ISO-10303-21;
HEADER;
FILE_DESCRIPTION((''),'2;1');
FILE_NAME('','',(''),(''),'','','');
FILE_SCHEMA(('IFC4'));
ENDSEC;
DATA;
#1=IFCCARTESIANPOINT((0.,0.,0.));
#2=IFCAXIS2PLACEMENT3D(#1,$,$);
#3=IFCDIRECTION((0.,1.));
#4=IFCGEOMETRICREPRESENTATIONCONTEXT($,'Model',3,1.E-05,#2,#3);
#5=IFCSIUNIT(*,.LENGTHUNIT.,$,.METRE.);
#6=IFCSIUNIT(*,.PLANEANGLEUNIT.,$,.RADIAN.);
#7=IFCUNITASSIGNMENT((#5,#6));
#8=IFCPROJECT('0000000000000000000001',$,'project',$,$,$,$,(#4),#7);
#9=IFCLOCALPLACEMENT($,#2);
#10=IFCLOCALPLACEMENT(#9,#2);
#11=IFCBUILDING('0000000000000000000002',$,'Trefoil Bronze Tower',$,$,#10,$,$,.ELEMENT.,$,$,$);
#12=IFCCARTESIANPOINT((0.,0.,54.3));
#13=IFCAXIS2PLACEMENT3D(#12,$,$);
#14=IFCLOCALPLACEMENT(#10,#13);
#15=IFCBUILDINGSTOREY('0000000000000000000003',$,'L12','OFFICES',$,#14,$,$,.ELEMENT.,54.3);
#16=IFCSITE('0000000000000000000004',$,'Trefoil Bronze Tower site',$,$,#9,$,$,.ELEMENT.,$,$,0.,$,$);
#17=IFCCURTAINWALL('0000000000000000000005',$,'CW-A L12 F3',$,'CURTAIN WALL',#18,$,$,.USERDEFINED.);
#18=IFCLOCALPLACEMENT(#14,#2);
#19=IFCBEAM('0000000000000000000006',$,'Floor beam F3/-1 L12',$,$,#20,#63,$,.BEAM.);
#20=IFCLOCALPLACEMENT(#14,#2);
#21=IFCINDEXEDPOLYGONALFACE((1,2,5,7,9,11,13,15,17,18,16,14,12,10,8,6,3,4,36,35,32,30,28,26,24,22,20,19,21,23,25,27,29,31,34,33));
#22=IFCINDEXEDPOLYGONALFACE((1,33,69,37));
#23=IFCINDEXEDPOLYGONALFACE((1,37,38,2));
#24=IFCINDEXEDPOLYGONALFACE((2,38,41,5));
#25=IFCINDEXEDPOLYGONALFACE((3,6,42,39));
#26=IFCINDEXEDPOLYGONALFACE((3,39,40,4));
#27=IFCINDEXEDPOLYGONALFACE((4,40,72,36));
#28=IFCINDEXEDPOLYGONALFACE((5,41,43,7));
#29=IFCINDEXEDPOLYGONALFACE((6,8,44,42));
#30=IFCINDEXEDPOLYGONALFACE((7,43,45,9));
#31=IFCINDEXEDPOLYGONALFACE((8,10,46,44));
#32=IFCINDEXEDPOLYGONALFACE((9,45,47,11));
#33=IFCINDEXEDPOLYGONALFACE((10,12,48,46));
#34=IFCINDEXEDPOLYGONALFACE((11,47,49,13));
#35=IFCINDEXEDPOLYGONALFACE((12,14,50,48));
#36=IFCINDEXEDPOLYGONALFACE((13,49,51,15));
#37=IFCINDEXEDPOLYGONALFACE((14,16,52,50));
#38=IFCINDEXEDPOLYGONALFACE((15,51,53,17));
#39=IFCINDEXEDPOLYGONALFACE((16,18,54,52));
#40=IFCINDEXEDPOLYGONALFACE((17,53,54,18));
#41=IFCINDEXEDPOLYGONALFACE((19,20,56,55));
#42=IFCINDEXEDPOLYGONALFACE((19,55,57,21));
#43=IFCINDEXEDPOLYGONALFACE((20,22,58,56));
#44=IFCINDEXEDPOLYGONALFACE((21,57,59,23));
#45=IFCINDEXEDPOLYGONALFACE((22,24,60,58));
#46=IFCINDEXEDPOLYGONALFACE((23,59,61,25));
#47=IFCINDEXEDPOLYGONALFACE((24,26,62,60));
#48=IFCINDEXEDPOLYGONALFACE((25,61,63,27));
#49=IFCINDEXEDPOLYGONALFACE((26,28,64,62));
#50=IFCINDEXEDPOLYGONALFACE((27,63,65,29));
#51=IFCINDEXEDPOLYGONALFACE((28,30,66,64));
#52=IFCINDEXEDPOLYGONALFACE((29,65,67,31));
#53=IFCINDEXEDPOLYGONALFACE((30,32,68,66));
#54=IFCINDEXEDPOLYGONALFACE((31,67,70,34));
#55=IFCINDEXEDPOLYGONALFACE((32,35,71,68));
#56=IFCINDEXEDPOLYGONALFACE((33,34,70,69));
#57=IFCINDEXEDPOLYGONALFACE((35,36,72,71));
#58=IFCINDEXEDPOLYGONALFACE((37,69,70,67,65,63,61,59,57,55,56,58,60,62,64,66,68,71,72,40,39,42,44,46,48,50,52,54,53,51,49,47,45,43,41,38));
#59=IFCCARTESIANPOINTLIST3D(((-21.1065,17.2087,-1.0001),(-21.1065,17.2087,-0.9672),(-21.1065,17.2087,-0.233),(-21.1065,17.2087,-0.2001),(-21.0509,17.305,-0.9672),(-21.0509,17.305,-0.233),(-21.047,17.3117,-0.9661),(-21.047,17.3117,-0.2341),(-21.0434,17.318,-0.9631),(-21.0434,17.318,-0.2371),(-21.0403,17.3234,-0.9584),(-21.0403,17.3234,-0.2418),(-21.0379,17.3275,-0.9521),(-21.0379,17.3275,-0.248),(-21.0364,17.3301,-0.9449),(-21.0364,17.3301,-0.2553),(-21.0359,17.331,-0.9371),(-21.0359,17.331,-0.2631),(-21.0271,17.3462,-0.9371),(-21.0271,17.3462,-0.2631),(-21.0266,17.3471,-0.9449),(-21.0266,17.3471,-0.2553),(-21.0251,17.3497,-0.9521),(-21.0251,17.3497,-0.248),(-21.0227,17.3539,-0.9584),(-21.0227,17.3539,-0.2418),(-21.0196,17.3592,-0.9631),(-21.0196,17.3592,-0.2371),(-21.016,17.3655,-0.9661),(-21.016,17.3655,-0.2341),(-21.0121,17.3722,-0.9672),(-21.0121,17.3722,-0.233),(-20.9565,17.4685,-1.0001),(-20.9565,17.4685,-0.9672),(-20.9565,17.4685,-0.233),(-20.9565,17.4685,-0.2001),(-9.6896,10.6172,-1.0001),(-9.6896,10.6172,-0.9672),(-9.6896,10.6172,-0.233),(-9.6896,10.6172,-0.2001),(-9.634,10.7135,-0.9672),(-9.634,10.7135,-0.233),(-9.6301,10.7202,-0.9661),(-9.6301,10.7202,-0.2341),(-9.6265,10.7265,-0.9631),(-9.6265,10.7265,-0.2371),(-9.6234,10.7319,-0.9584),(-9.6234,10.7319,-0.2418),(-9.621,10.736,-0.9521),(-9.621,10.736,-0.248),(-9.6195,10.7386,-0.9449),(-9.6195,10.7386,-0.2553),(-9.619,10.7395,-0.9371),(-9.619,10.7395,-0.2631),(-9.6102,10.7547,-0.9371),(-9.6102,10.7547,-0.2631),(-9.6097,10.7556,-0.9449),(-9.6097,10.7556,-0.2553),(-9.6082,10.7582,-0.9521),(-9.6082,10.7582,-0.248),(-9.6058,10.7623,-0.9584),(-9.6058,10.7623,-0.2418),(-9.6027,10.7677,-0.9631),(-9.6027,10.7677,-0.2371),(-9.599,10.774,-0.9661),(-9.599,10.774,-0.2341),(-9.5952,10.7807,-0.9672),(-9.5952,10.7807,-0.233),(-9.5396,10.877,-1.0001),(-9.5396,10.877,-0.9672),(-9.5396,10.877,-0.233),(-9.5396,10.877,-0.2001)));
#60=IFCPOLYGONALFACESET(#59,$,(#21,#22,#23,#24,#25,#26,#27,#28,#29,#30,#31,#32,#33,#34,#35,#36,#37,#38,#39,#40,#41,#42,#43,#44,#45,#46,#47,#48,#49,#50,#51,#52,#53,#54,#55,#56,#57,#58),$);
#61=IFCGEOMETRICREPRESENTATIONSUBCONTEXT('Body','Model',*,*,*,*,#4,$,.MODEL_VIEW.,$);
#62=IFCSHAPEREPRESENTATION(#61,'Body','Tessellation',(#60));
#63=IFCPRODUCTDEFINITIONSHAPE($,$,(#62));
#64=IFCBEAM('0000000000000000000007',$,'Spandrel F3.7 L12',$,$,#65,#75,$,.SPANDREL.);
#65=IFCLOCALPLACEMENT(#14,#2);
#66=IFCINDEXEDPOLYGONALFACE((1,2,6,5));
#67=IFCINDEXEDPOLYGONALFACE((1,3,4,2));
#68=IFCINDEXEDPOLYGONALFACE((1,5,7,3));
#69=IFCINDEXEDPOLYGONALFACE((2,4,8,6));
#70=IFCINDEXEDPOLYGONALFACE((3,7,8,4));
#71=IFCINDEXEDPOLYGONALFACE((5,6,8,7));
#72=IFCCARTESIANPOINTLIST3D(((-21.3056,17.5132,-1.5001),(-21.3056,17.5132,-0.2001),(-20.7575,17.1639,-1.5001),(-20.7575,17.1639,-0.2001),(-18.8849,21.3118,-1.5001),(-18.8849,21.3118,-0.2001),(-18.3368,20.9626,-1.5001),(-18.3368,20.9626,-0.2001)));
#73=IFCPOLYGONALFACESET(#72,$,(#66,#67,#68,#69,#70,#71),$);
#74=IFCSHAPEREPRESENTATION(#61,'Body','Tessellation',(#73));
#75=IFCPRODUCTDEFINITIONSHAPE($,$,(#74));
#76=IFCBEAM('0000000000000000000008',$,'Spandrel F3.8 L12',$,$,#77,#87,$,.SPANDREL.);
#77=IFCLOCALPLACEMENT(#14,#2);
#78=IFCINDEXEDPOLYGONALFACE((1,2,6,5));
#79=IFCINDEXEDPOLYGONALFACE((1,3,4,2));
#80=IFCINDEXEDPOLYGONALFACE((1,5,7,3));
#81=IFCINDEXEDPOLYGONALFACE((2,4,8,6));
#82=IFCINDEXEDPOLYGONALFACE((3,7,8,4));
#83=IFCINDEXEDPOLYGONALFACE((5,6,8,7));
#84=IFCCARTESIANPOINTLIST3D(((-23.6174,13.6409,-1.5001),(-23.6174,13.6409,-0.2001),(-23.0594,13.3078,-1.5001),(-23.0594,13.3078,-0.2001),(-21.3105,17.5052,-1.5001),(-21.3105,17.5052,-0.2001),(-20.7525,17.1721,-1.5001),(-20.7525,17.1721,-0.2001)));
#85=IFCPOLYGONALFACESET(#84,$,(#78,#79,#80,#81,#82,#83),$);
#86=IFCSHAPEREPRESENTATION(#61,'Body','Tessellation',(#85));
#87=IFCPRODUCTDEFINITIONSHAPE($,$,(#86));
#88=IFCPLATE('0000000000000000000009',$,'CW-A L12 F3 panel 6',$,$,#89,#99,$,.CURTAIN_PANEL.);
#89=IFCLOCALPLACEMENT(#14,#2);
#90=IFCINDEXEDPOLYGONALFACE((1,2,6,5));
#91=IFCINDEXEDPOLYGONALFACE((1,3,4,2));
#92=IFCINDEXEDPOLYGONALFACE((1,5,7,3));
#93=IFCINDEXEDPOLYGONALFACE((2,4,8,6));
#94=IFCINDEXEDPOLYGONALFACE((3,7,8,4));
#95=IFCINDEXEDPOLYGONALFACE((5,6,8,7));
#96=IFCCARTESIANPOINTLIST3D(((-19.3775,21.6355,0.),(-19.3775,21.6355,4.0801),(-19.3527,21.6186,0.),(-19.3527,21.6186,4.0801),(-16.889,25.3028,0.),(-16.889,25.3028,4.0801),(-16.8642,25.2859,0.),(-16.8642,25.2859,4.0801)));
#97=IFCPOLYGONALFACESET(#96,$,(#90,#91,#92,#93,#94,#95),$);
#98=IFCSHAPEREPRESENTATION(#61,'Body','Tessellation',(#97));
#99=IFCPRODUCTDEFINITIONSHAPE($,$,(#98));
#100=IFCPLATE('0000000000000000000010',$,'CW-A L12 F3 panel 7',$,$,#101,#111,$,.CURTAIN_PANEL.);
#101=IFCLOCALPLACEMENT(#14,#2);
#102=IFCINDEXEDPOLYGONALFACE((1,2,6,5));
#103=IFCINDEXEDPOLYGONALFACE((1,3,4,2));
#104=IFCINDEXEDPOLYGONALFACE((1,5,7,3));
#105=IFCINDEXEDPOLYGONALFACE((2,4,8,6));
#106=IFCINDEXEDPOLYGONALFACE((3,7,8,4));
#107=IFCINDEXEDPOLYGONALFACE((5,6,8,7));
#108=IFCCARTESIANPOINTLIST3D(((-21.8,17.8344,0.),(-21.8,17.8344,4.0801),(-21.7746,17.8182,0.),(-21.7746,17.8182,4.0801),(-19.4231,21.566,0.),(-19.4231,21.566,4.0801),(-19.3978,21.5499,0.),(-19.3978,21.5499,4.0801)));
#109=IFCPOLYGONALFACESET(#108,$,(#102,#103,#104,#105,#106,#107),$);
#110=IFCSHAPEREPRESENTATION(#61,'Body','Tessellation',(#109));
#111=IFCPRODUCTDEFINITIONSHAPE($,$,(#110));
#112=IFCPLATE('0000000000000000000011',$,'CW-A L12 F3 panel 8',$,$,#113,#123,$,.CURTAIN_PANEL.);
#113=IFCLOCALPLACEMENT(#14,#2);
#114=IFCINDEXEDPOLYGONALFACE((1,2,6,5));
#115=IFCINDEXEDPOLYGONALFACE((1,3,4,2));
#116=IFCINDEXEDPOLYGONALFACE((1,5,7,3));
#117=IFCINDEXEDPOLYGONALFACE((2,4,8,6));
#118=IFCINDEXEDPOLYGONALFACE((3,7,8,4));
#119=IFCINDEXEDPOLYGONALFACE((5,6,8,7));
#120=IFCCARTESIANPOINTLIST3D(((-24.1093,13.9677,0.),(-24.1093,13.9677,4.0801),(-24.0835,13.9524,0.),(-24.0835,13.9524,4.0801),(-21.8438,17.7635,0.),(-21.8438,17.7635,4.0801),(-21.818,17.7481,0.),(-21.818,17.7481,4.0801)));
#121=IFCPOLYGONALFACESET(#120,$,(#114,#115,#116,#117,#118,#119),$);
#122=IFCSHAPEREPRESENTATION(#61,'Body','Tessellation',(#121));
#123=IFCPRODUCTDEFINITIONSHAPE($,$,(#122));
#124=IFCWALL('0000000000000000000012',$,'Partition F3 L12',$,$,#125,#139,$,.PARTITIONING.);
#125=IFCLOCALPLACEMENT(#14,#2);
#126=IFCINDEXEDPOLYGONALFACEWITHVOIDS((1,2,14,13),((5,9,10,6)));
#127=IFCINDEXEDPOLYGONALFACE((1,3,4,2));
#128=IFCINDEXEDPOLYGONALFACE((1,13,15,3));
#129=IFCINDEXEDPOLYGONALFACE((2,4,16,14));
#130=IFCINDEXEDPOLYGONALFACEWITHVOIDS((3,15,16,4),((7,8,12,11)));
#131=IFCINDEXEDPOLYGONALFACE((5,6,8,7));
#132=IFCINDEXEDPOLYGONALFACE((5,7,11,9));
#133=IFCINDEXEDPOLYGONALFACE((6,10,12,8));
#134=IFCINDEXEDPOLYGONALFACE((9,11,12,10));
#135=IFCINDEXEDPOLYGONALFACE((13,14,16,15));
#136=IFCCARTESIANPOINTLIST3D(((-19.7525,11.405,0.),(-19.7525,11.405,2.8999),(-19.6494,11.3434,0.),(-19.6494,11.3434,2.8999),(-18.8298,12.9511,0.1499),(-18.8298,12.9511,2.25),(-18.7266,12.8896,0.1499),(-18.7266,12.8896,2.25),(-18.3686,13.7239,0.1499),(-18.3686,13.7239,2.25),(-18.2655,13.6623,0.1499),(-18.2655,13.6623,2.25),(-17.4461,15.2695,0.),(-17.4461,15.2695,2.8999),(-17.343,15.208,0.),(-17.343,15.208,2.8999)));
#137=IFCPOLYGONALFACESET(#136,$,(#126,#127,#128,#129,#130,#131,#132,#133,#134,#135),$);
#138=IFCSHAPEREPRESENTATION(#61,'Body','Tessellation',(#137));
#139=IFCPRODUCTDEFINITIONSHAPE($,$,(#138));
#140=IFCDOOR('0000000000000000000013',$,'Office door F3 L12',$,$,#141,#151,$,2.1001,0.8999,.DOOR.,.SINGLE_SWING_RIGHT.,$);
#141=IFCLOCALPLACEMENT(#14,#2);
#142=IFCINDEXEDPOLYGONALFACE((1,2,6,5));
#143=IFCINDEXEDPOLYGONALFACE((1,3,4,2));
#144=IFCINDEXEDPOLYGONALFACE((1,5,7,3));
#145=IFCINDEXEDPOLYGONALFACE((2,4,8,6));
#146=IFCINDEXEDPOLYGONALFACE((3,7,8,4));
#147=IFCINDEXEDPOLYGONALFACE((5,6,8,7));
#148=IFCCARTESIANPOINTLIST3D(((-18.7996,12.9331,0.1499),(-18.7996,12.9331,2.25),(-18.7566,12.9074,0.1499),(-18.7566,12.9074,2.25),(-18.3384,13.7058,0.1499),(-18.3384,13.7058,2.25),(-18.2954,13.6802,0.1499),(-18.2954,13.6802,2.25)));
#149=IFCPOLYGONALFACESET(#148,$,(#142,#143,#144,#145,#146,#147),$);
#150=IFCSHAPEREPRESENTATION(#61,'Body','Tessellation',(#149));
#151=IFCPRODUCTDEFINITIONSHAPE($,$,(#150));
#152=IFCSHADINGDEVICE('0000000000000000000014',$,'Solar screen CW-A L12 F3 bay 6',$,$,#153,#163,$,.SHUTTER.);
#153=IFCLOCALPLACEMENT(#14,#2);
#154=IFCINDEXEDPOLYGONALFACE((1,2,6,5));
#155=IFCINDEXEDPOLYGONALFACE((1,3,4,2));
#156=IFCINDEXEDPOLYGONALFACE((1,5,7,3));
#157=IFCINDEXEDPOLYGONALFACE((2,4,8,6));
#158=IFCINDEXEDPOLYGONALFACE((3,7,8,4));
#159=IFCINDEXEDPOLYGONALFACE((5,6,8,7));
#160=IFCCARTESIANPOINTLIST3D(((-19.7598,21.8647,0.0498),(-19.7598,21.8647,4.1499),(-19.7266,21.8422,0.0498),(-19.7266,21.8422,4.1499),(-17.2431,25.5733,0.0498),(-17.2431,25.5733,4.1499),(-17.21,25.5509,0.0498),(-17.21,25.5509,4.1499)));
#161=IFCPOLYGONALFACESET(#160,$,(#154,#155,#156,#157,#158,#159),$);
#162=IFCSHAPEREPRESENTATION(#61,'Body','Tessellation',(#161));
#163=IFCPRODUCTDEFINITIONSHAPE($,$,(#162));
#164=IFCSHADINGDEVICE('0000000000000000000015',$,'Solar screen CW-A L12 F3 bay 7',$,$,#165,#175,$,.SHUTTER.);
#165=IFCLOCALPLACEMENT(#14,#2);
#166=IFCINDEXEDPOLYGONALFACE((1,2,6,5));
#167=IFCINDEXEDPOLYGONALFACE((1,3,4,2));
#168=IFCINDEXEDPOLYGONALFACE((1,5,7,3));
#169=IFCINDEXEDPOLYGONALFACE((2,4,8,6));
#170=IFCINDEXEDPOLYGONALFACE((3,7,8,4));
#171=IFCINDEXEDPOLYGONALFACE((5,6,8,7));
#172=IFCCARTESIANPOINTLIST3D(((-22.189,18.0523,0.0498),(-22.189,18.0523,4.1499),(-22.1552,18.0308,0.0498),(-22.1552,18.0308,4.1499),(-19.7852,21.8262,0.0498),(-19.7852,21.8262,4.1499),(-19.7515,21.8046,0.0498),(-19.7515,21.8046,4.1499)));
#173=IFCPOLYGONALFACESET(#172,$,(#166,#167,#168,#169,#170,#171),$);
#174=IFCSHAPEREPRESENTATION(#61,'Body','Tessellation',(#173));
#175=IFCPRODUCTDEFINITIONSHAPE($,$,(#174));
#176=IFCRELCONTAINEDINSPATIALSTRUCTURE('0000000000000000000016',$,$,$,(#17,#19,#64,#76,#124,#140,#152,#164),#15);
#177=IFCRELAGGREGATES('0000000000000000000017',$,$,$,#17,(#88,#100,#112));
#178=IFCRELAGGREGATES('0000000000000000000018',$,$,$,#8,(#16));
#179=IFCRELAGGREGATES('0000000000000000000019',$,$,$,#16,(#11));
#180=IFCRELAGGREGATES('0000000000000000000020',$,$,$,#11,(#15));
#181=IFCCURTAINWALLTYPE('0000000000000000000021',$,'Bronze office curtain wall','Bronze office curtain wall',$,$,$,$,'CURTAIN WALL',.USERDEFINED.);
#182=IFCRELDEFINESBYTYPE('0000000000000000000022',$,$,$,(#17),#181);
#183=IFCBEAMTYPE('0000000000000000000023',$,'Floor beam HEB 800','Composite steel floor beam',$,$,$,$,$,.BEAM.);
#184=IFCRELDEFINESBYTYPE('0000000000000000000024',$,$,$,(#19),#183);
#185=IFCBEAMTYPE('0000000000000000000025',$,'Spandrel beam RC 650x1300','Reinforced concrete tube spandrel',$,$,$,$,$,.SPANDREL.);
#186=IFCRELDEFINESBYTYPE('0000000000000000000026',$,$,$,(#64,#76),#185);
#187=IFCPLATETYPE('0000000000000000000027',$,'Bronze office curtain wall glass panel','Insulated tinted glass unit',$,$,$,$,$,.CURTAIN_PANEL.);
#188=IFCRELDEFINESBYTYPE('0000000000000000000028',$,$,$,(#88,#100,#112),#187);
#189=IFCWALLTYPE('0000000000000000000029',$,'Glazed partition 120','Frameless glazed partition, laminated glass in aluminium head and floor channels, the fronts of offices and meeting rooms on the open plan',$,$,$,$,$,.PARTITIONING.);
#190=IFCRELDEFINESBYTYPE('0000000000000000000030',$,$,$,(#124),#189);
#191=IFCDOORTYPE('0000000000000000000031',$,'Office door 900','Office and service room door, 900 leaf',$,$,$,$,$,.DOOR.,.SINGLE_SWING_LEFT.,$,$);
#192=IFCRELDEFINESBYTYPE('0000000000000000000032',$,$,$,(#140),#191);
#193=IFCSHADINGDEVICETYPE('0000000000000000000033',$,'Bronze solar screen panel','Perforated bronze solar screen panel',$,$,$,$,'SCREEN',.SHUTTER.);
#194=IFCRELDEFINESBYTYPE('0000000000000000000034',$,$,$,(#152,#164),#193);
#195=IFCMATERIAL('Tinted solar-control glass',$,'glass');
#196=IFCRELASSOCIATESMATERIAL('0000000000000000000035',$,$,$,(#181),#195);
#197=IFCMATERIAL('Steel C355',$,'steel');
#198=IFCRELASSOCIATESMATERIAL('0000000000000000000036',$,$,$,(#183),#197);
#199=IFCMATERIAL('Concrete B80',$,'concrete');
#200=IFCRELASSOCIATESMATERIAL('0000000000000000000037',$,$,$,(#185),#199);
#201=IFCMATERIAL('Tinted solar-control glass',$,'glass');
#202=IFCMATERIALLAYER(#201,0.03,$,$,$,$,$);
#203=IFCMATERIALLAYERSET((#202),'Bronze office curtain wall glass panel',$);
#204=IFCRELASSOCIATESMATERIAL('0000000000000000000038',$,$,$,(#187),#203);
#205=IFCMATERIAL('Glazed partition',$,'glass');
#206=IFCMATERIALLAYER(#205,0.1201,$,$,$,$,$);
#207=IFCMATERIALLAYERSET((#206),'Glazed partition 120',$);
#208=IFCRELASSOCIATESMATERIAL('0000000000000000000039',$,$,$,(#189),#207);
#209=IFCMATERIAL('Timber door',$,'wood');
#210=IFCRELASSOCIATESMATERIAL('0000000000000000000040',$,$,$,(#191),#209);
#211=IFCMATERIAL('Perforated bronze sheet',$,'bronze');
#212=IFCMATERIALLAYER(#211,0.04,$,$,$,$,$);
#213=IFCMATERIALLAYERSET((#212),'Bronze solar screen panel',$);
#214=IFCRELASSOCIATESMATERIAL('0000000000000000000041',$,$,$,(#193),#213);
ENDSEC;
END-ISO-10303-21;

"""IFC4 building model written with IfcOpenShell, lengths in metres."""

from ifc_helpers import new_model, si_unit, direction, frame, frame_2d, origin, origin_2d, place, context, subcontext, project, spatial, rectangle, i_section, extrude, material, layer, layer_set, material_profile, profile_set, type_object, element, fill, aggregate, save


model = new_model("IFC4")

# Units and contexts
model_context = context("Model", 3, precision=1e-05, world=origin(), true_north=direction((0.0, 1.0)))
body_context = subcontext(model_context, "Body", "Model", "MODEL_VIEW")
ifc_project = project(units=[si_unit("LENGTHUNIT", "METRE"), si_unit("PLANEANGLEUNIT", "RADIAN")], contexts=[model_context])

# Site, building, storey
site_placement = place(None, origin())
site = spatial("IfcSite", under=ifc_project, at=site_placement, Name="Trefoil Bronze Tower site", CompositionType="ELEMENT", RefElevation=0.0)
building_placement = place(site_placement, origin())
building = spatial("IfcBuilding", under=site, at=building_placement, Name="Trefoil Bronze Tower", CompositionType="ELEMENT")
storey_placement = place(building_placement, frame((0.0, 0.0, 54.3)))
storey = spatial("IfcBuildingStorey", under=building, at=storey_placement, Name="L12", Description="OFFICES", CompositionType="ELEMENT", Elevation=54.3)

# Curtain wall
ifc_material_1 = material(Name="Tinted solar-control glass", Category="glass")
curtain_wall_type = type_object("IfcCurtainWallType", Name="Bronze office curtain wall", Description="Bronze office curtain wall", ElementType="CURTAIN WALL", PredefinedType="USERDEFINED", material=ifc_material_1)
curtain_wall_placement = place(storey_placement, origin())
curtain_wall = element("IfcCurtainWall", 1, at=curtain_wall_placement, inside=storey, type_object=curtain_wall_type, Name="CW-A L12 F3", ObjectType="CURTAIN WALL", PredefinedType="USERDEFINED")

# Beams
ifc_material_2 = material(Name="Steel C355", Category="steel")
ifc_material_profile_1 = material_profile(ifc_material_2, i_section(OverallWidth=0.3, OverallDepth=0.8, WebThickness=0.0176, FlangeThickness=0.033, FilletRadius=0.03, at=origin_2d()), Name="HEB 800")
ifc_profile_set_1 = profile_set([ifc_material_profile_1], Name="Steel C355")
beam_type_1 = type_object("IfcBeamType", Name="Floor beam HEB 800", Description="Composite steel floor beam", PredefinedType="BEAM", material=ifc_profile_set_1)
beam_1_placement = place(storey_placement, frame((-21.0315, 17.3386, -0.6001), z_axis=(0.866027, -0.499997, 0.0), x_axis=(0.499997, 0.866027, 0.0)))
element("IfcBeam", 2, at=beam_1_placement, inside=storey, type_object=beam_type_1, Name="Floor beam F3/-1 L12", PredefinedType="BEAM", context=body_context, shape_type="SweptSolid", body=[
    extrude(i_section(OverallWidth=0.3, OverallDepth=0.8, WebThickness=0.0176, FlangeThickness=0.033, FilletRadius=0.03, at=origin_2d()), origin(), (0.0, 0.0, 1.0), 13.1831),
])
ifc_material_3 = material(Name="Concrete B80", Category="concrete")
ifc_material_profile_2 = material_profile(ifc_material_3, rectangle(XDim=0.6499, YDim=1.3, at=origin_2d()), Name="RC 650x1300")
ifc_profile_set_2 = profile_set([ifc_material_profile_2], Name="Concrete B80")
beam_type_2 = type_object("IfcBeamType", Name="Spandrel beam RC 650x1300", Description="Reinforced concrete tube spandrel", PredefinedType="SPANDREL", material=ifc_profile_set_2)
beam_2_placement = place(storey_placement, frame((-18.6108, 21.1372, -0.8501), z_axis=(-0.537408, -0.843322, 0.0), x_axis=(0.843322, -0.537408, 0.0)))
element("IfcBeam", 3, at=beam_2_placement, inside=storey, type_object=beam_type_2, Name="Spandrel F3.7 L12", PredefinedType="SPANDREL", context=body_context, shape_type="SweptSolid", body=[
    extrude(rectangle(XDim=0.6499, YDim=1.3, at=origin_2d()), origin(), (0.0, 0.0, 1.0), 4.5044),
])
beam_3_placement = place(storey_placement, frame((-21.0315, 17.3386, -0.8501), z_axis=(-0.512588, -0.858635, 0.0), x_axis=(0.858635, -0.512588, 0.0)))
element("IfcBeam", 4, at=beam_3_placement, inside=storey, type_object=beam_type_2, Name="Spandrel F3.8 L12", PredefinedType="SPANDREL", context=body_context, shape_type="SweptSolid", body=[
    extrude(rectangle(XDim=0.6499, YDim=1.3, at=origin_2d()), origin(), (0.0, 0.0, 1.0), 4.5005),
])

# Plates
ifc_material_4 = material(Name="Tinted solar-control glass", Category="glass")
ifc_layer_1 = layer(ifc_material_4, 0.03)
ifc_layer_set_1 = layer_set([ifc_layer_1], Name="Bronze office curtain wall glass panel")
plate_type = type_object("IfcPlateType", Name="Bronze office curtain wall glass panel", Description="Insulated tinted glass unit", PredefinedType="CURTAIN_PANEL", material=ifc_layer_set_1)
plate_1_placement = place(storey_placement, frame((-18.1208, 23.4607, 0.0), z_axis=(0.0, 0.0, 1.0), x_axis=(-0.56151, -0.82747, 0.0)))
plate_1 = element("IfcPlate", 5, at=plate_1_placement, type_object=plate_type, Name="CW-A L12 F3 panel 6", PredefinedType="CURTAIN_PANEL", context=body_context, shape_type="SweptSolid", body=[
    extrude(rectangle(XDim=4.4319, YDim=0.03, at=origin_2d()), origin(), (0.0, 0.0, 1.0), 4.0801),
])
plate_2_placement = place(storey_placement, frame((-20.5989, 19.6921, 0.0), z_axis=(0.0, 0.0, 1.0), x_axis=(-0.537222, -0.843441, 0.0)))
plate_2 = element("IfcPlate", 6, at=plate_2_placement, type_object=plate_type, Name="CW-A L12 F3 panel 7", PredefinedType="CURTAIN_PANEL", context=body_context, shape_type="SweptSolid", body=[
    extrude(rectangle(XDim=4.4243, YDim=0.03, at=origin_2d()), origin(), (0.0, 0.0, 1.0), 4.0801),
])
plate_3_placement = place(storey_placement, frame((-22.9636, 15.8579, 0.0), z_axis=(0.0, 0.0, 1.0), x_axis=(-0.512513, -0.85868, 0.0)))
plate_3 = element("IfcPlate", 7, at=plate_3_placement, type_object=plate_type, Name="CW-A L12 F3 panel 8", PredefinedType="CURTAIN_PANEL", context=body_context, shape_type="SweptSolid", body=[
    extrude(rectangle(XDim=4.4204, YDim=0.03, at=origin_2d()), origin(), (0.0, 0.0, 1.0), 4.0801),
])
aggregate(curtain_wall, [plate_1, plate_2, plate_3])

# Wall, opening, door
ifc_material_5 = material(Name="Glazed partition", Category="glass")
ifc_layer_2 = layer(ifc_material_5, 0.1201)
ifc_layer_set_2 = layer_set([ifc_layer_2], Name="Glazed partition 120")
wall_type = type_object("IfcWallType", Name="Glazed partition 120", Description="Frameless glazed partition, laminated glass in aluminium head and floor channels, the fronts of offices and meeting rooms on the open plan", PredefinedType="PARTITIONING", material=ifc_layer_set_2)
wall_placement = place(storey_placement, frame((-17.3945, 15.2388, 0.0), z_axis=(0.0, 0.0, 1.0), x_axis=(-0.512484, -0.858697, 0.0)))
wall = element("IfcWall", 8, at=wall_placement, inside=storey, type_object=wall_type, Name="Partition F3 L12", PredefinedType="PARTITIONING", context=body_context, shape_type="SweptSolid", body=[
    extrude(rectangle(XDim=4.5005, YDim=0.1201, at=frame_2d((2.2502, 0.0))), origin(), (0.0, 0.0, 1.0), 2.8999),
])
opening_placement = place(wall_placement, frame((1.8, 0.0, 0.1499)))
opening = element("IfcOpeningElement", 9, at=opening_placement, cuts=wall, PredefinedType="OPENING", context=body_context, shape_type="SweptSolid", body=[
    extrude(rectangle(XDim=0.8999, YDim=2.1001, at=frame_2d((0.45, 1.05))), frame((0.0, 0.0701, 0.0), z_axis=(0.0, -1.0, 0.0), x_axis=(1.0, 0.0, 0.0)), (0.0, 0.0, 1.0), 0.1401),
])
ifc_material_6 = material(Name="Timber door", Category="wood")
door_type = type_object("IfcDoorType", Name="Office door 900", Description="Office and service room door, 900 leaf", OperationType="SINGLE_SWING_LEFT", PredefinedType="DOOR", material=ifc_material_6)
door_placement = place(opening_placement, frame((0.8999, 0.0, 0.0), z_axis=(0.0, 0.0, 1.0), x_axis=(-1.0, 0.0, 0.0)))
door = element("IfcDoor", 10, at=door_placement, inside=storey, type_object=door_type, Name="Office door F3 L12", OperationType="SINGLE_SWING_RIGHT", OverallHeight=2.1001, OverallWidth=0.8999, PredefinedType="DOOR", context=body_context, shape_type="SweptSolid", body=[
    extrude(rectangle(XDim=0.8999, YDim=2.1001, at=frame_2d((0.45, 1.05))), frame((0.0, 0.0249, 0.0), z_axis=(0.0, -1.0, 0.0), x_axis=(1.0, 0.0, 0.0)), (0.0, 0.0, 1.0), 0.05),
])
fill(opening, door)

# Shading devices
ifc_material_7 = material(Name="Perforated bronze sheet", Category="bronze")
ifc_layer_3 = layer(ifc_material_7, 0.04)
ifc_layer_set_3 = layer_set([ifc_layer_3], Name="Bronze solar screen panel")
shading_device_type = type_object("IfcShadingDeviceType", Name="Bronze solar screen panel", Description="Perforated bronze solar screen panel", ElementType="SCREEN", PredefinedType="SHUTTER", material=ifc_layer_set_3)
shading_device_1_placement = place(storey_placement, frame((-18.4849, 23.7078, 0.0498), z_axis=(0.0, 0.0, 1.0), x_axis=(-0.56151, -0.82747, 0.0)))
element("IfcShadingDevice", 11, at=shading_device_1_placement, inside=storey, type_object=shading_device_type, Name="Solar screen CW-A L12 F3 bay 6", PredefinedType="SHUTTER", context=body_context, shape_type="SweptSolid", body=[
    extrude(rectangle(XDim=4.4819, YDim=0.04, at=origin_2d()), origin(), (0.0, 0.0, 1.0), 4.1001),
])
shading_device_2_placement = place(storey_placement, frame((-20.9702, 19.9285, 0.0498), z_axis=(0.0, 0.0, 1.0), x_axis=(-0.537222, -0.843441, 0.0)))
element("IfcShadingDevice", 12, at=shading_device_2_placement, inside=storey, type_object=shading_device_type, Name="Solar screen CW-A L12 F3 bay 7", PredefinedType="SHUTTER", context=body_context, shape_type="SweptSolid", body=[
    extrude(rectangle(XDim=4.4744, YDim=0.04, at=origin_2d()), origin(), (0.0, 0.0, 1.0), 4.1001),
])

save(model, "model.ifc")
